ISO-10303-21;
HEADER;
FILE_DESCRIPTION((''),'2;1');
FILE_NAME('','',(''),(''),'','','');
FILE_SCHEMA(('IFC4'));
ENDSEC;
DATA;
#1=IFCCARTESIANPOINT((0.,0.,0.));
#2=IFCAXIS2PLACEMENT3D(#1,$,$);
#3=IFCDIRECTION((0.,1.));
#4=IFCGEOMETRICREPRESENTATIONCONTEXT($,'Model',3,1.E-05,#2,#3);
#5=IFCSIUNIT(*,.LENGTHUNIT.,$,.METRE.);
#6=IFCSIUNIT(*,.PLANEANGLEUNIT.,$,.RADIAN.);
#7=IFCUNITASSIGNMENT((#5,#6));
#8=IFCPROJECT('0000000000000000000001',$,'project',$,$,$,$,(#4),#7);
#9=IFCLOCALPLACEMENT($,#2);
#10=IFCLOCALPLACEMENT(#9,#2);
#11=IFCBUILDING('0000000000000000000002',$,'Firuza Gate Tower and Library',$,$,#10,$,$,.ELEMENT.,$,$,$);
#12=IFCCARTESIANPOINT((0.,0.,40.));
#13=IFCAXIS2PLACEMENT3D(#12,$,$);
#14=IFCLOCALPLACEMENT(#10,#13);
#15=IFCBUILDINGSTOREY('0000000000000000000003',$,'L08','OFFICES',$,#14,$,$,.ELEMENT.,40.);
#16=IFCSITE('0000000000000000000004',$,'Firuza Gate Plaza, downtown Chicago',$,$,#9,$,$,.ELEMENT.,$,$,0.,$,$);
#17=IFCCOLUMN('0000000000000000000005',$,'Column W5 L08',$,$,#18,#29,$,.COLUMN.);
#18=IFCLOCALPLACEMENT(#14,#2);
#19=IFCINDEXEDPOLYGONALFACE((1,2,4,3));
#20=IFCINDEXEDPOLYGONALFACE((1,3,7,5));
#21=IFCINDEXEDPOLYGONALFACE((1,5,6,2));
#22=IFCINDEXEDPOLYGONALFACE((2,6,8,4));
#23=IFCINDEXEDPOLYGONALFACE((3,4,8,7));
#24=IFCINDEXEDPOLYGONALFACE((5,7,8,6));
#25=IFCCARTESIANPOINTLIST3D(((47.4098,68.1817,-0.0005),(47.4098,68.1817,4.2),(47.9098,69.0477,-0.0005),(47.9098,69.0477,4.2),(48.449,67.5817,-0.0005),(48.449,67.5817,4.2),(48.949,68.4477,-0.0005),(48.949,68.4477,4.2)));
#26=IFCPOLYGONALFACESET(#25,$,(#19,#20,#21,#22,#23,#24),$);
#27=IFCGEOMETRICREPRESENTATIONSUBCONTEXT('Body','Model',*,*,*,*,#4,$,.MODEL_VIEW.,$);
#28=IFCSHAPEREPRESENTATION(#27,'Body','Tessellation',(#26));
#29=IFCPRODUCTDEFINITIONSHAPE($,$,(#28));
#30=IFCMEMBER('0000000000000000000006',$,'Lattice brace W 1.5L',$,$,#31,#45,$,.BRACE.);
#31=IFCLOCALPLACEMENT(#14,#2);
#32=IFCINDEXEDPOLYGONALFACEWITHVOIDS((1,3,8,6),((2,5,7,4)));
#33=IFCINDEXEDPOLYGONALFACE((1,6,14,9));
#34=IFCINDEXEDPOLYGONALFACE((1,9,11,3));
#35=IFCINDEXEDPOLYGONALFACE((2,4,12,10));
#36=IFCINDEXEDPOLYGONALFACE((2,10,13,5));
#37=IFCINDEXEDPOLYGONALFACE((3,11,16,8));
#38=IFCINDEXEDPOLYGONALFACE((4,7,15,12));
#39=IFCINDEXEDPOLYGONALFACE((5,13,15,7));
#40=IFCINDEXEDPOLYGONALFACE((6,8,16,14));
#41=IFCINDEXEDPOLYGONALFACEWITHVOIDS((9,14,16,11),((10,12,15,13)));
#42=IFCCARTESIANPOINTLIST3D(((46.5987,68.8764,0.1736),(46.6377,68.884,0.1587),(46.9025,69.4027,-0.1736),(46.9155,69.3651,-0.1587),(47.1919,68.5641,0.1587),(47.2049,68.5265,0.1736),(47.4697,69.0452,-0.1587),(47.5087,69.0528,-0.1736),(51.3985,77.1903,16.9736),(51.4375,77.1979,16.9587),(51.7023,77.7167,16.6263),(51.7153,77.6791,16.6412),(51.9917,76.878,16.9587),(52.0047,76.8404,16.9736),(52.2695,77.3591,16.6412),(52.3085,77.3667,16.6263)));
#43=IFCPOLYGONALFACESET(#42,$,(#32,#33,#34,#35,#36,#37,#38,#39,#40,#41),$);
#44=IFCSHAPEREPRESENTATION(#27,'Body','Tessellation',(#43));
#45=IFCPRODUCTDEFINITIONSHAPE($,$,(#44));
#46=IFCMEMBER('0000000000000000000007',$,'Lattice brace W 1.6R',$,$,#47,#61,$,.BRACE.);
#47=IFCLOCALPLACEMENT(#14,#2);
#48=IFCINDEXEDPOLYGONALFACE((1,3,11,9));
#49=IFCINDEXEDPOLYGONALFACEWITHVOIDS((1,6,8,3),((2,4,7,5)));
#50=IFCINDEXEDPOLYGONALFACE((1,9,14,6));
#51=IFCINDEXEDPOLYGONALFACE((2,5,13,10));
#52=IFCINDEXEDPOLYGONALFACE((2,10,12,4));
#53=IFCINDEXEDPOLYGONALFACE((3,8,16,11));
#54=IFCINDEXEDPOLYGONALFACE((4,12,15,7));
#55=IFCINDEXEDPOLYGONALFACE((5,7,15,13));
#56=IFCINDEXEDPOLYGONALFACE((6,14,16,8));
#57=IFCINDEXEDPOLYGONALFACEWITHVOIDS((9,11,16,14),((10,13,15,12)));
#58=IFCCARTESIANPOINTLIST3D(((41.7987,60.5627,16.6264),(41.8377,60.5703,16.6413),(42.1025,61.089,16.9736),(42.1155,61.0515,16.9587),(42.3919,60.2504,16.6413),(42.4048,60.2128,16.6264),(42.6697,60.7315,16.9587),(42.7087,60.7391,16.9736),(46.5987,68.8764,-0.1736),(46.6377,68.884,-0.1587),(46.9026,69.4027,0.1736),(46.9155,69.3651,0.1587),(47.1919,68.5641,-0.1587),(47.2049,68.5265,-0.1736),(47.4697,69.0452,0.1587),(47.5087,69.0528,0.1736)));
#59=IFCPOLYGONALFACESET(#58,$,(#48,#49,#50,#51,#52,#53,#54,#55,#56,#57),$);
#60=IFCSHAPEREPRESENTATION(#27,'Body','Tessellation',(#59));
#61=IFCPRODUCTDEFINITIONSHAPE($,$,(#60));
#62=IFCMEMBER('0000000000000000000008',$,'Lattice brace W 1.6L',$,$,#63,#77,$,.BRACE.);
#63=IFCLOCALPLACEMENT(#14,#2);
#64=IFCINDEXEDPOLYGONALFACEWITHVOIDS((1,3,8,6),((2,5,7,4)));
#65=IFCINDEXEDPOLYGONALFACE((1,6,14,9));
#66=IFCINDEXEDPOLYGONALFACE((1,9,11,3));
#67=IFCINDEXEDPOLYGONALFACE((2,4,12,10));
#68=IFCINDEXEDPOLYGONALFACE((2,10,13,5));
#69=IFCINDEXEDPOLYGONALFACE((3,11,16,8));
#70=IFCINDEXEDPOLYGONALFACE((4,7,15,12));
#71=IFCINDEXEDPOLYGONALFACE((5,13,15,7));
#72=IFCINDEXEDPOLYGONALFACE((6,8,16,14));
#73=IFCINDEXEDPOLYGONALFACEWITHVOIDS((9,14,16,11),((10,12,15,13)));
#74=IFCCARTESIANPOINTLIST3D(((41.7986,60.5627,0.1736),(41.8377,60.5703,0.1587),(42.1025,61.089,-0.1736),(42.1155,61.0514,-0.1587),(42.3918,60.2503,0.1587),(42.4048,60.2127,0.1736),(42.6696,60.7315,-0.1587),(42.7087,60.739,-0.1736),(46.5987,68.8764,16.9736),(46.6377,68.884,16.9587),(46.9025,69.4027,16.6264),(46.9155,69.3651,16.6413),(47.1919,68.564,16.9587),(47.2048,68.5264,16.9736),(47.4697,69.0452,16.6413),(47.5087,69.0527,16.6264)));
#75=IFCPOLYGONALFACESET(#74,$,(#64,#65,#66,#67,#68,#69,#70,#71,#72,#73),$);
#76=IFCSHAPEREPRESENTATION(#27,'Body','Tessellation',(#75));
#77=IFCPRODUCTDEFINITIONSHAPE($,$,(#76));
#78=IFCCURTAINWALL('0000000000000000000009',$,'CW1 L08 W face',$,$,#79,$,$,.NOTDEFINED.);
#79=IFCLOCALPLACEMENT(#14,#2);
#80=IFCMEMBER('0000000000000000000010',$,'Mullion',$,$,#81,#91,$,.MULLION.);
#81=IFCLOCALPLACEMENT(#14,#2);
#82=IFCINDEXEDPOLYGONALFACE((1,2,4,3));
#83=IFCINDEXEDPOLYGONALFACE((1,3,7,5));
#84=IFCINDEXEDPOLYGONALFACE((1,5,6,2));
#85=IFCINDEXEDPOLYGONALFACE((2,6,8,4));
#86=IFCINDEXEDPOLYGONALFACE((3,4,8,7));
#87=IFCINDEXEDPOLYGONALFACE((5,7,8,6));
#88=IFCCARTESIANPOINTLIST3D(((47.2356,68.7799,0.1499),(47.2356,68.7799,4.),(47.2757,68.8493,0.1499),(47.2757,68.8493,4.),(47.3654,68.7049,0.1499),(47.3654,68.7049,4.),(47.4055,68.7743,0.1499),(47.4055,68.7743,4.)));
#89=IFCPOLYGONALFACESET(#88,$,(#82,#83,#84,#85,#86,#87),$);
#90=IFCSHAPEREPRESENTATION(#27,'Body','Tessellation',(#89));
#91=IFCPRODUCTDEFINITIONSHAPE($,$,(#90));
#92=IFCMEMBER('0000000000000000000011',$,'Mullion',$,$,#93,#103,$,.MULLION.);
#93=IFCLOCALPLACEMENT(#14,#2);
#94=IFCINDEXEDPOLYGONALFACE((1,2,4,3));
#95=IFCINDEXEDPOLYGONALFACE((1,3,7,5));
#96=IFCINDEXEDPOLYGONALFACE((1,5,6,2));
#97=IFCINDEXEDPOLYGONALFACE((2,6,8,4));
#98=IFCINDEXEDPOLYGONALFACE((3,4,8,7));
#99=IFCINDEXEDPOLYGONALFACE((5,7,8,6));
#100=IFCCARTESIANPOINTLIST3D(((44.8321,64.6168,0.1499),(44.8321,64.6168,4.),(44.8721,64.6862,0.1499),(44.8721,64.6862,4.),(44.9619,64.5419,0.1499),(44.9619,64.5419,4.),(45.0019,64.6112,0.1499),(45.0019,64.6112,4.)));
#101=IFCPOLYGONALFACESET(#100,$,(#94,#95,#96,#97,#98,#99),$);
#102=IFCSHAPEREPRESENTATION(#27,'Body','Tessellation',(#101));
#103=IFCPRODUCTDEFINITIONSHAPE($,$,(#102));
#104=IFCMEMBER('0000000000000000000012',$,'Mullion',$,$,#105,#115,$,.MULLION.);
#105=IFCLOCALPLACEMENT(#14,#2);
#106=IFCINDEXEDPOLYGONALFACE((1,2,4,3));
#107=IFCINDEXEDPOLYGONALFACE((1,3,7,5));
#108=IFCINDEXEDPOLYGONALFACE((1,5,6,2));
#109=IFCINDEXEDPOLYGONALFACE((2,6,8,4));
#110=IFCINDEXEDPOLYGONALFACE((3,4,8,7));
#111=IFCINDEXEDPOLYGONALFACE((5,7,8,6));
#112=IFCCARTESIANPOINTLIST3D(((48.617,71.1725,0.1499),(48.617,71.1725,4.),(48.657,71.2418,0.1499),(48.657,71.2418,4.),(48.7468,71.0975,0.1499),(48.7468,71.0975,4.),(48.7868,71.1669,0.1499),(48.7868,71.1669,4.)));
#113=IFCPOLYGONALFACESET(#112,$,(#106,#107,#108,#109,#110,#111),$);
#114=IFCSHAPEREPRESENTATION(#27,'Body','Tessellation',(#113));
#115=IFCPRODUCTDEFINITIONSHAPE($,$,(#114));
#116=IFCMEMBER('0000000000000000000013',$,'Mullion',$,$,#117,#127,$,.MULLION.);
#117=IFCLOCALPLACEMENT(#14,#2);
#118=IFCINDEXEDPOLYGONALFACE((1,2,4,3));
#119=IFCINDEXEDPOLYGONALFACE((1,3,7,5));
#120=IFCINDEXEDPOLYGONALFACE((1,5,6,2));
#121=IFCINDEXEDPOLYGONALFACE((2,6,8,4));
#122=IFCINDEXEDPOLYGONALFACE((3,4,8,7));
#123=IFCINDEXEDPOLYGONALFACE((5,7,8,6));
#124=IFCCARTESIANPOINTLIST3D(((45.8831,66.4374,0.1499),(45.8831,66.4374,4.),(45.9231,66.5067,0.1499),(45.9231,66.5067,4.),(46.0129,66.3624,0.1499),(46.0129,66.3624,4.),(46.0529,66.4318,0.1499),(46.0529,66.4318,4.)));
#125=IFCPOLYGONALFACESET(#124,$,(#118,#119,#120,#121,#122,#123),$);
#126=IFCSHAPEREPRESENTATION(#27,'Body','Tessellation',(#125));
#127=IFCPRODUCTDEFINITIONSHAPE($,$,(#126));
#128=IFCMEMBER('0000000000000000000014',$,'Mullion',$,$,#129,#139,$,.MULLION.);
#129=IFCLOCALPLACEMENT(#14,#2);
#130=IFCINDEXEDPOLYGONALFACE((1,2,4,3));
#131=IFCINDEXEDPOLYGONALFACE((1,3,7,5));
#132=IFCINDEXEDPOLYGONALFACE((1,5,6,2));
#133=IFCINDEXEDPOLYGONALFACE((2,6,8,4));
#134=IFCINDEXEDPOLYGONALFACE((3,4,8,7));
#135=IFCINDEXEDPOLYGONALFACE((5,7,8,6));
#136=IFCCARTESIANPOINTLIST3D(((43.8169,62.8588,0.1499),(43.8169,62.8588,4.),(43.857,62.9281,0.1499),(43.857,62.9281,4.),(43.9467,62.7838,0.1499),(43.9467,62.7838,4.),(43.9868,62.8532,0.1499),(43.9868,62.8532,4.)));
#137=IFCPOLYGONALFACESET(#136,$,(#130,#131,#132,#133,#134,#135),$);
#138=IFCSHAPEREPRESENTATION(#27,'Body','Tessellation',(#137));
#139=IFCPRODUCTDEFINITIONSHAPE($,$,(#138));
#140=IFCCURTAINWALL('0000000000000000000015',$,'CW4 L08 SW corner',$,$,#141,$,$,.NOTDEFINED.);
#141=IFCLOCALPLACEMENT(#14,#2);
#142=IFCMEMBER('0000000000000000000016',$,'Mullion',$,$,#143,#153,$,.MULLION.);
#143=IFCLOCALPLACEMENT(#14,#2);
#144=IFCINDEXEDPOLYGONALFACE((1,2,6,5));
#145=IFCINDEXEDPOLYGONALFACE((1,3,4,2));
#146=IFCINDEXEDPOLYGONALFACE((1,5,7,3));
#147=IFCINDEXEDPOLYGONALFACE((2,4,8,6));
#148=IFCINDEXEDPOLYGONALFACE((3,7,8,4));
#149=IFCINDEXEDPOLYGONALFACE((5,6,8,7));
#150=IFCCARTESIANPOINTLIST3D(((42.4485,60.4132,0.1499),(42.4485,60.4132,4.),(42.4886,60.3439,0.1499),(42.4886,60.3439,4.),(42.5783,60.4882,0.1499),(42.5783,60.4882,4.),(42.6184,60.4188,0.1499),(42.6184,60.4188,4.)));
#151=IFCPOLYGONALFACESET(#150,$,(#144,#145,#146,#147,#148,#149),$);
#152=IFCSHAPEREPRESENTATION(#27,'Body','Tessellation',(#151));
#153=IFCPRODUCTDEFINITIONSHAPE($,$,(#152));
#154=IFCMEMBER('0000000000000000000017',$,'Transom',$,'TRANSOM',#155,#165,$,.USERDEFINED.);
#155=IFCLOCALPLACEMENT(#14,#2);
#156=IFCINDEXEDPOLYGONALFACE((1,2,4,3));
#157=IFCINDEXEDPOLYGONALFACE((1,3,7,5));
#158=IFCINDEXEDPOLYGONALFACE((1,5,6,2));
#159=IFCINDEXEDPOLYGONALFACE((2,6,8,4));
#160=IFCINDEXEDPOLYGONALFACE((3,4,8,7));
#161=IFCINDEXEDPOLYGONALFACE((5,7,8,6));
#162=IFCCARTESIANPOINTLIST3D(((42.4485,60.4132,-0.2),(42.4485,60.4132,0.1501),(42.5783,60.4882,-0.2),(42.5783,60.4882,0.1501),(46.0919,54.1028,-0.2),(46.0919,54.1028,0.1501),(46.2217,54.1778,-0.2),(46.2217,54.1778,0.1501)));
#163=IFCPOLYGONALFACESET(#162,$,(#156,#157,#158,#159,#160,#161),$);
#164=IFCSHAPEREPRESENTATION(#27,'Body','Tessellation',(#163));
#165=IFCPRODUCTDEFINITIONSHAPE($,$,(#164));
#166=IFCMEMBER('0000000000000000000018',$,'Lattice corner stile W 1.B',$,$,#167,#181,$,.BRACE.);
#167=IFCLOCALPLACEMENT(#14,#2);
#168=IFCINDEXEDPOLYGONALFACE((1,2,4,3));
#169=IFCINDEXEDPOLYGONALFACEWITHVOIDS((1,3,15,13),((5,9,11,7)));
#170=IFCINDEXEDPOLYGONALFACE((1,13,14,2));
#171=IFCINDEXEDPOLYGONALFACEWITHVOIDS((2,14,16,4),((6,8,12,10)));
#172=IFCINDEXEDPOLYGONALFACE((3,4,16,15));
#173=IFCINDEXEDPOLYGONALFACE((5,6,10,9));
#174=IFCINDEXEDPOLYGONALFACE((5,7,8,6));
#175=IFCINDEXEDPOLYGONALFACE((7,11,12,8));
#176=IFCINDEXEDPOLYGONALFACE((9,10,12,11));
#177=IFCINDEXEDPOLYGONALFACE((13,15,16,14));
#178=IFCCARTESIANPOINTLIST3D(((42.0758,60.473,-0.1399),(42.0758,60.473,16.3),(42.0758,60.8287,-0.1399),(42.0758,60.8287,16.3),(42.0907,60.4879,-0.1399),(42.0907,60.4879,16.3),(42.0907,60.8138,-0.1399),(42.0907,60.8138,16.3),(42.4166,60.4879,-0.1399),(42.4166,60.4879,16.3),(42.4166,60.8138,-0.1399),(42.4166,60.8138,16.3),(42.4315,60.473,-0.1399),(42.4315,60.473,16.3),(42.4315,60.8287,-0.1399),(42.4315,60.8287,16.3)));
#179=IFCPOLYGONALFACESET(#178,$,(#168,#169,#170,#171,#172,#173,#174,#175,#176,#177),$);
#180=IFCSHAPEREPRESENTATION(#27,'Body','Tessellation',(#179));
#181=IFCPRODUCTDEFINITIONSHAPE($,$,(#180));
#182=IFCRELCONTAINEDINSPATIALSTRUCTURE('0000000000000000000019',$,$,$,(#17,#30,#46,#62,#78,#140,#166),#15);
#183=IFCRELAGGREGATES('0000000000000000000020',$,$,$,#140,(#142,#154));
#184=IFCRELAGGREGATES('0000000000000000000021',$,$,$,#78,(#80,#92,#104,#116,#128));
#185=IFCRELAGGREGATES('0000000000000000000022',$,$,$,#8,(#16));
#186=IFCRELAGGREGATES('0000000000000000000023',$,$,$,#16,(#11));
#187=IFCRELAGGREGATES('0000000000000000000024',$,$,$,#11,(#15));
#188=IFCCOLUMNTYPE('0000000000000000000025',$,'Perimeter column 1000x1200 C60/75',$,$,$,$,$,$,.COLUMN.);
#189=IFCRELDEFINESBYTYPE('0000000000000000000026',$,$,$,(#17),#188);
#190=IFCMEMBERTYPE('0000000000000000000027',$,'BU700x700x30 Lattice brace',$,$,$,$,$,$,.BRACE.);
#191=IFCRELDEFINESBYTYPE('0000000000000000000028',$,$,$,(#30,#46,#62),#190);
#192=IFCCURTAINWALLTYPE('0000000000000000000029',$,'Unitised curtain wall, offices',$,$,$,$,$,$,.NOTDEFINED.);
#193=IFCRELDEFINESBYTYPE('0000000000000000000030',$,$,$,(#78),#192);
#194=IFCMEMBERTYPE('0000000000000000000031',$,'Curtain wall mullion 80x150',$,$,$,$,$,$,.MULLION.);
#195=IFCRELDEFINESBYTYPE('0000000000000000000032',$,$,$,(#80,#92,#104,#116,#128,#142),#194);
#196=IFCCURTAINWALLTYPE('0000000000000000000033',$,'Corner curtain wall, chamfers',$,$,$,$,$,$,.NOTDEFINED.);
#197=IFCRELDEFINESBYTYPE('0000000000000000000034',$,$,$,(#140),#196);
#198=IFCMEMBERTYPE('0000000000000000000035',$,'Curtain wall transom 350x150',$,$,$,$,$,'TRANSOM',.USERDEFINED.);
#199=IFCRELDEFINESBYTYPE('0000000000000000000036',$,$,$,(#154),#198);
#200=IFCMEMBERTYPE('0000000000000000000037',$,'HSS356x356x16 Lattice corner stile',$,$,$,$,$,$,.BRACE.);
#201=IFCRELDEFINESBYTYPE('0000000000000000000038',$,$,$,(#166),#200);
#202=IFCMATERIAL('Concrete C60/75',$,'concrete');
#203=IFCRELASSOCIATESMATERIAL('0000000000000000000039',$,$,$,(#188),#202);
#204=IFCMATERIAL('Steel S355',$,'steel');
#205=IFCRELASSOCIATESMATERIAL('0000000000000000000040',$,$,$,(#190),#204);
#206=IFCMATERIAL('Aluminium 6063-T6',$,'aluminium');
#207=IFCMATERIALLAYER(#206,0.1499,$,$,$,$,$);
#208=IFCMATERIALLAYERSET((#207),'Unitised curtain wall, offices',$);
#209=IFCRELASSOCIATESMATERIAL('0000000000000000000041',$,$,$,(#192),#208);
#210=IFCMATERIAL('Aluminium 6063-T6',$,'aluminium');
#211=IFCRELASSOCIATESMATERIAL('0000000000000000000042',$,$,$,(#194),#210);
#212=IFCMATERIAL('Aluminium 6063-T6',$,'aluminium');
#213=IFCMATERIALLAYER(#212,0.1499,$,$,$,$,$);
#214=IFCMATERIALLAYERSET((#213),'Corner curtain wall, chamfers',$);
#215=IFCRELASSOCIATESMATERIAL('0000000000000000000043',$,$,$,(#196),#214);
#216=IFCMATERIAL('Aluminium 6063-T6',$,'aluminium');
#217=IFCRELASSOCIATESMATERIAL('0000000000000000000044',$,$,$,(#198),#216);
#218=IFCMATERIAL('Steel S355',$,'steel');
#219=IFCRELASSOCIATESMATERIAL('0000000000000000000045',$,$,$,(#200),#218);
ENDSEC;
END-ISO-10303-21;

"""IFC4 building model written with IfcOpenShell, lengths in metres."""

from ifc_helpers import new_model, si_unit, direction, frame, origin, origin_2d, place, context, subcontext, project, spatial, rectangle, hollow_rectangle, extrude, material, layer, layer_set, material_profile, profile_set, type_object, element, aggregate, save


model = new_model("IFC4")

# Units and contexts
model_context = context("Model", 3, precision=1e-05, world=origin(), true_north=direction((0.0, 1.0)))
body_context = subcontext(model_context, "Body", "Model", "MODEL_VIEW")
ifc_project = project(units=[si_unit("LENGTHUNIT", "METRE"), si_unit("PLANEANGLEUNIT", "RADIAN")], contexts=[model_context])

# Site, building, storey
site_placement = place(None, origin())
site = spatial("IfcSite", under=ifc_project, at=site_placement, Name="Firuza Gate Plaza, downtown Chicago", CompositionType="ELEMENT", RefElevation=0.0)
building_placement = place(site_placement, origin())
building = spatial("IfcBuilding", under=site, at=building_placement, Name="Firuza Gate Tower and Library", CompositionType="ELEMENT")
storey_placement = place(building_placement, frame((0.0, 0.0, 40.0)))
storey = spatial("IfcBuildingStorey", under=building, at=storey_placement, Name="L08", Description="OFFICES", CompositionType="ELEMENT", Elevation=40.0)

# Column
ifc_material_1 = material(Name="Concrete C60/75", Category="concrete")
ifc_material_profile_1 = material_profile(ifc_material_1, rectangle(XDim=1.0, YDim=1.2, at=origin_2d()))
ifc_profile_set_1 = profile_set([ifc_material_profile_1], Name="Concrete C60/75")
column_type = type_object("IfcColumnType", Name="Perimeter column 1000x1200 C60/75", PredefinedType="COLUMN", material=ifc_profile_set_1)
column_placement = place(storey_placement, frame((48.1794, 68.3147, -0.0005), z_axis=(0.0, 0.0, 1.0), x_axis=(-0.5, -0.866025, 0.0)))
element("IfcColumn", 1, at=column_placement, inside=storey, type_object=column_type, Name="Column W5 L08", PredefinedType="COLUMN", context=body_context, shape_type="SweptSolid", body=[
    extrude(rectangle(XDim=1.0, YDim=1.2, at=origin_2d()), origin(), (0.0, 0.0, 1.0), 4.2004),
])

# Members
ifc_material_2 = material(Name="Steel S355", Category="steel")
ifc_material_profile_2 = material_profile(ifc_material_2, hollow_rectangle(XDim=0.7, YDim=0.7, WallThickness=0.03, at=origin_2d()))
ifc_profile_set_2 = profile_set([ifc_material_profile_2], Name="Steel S355")
member_type_1 = type_object("IfcMemberType", Name="BU700x700x30 Lattice brace", PredefinedType="BRACE", material=ifc_profile_set_2)
for number, where, z_axis, x_axis, name in (
    (2, (47.0537, 68.9646, 0.0), (0.248059, 0.429674, 0.868244), (-0.866037, 0.499979, 0.0), "Lattice brace W 1.5L"),
    (3, (47.0537, 68.9646, 0.0), (-0.248072, -0.429663, 0.868246), (0.86602, -0.500009, 0.0), "Lattice brace W 1.6R"),
    (4, (42.2537, 60.6509, 0.0), (0.248072, 0.429663, 0.868246), (-0.86602, 0.500009, 0.0), "Lattice brace W 1.6L"),
):
    element("IfcMember", number, at=place(storey_placement, frame(where, z_axis=z_axis, x_axis=x_axis)), inside=storey, type_object=member_type_1, Name=name, PredefinedType="BRACE", context=body_context, shape_type="SweptSolid", body=[
        extrude(hollow_rectangle(XDim=0.7, YDim=0.7, WallThickness=0.03, at=origin_2d()), origin(), (0.0, 0.0, 1.0), 19.3494),
    ])

# Curtain walls, members
ifc_material_3 = material(Name="Aluminium 6063-T6", Category="aluminium")
ifc_layer_1 = layer(ifc_material_3, 0.1499)
ifc_layer_set_1 = layer_set([ifc_layer_1], Name="Unitised curtain wall, offices")
curtain_wall_type_1 = type_object("IfcCurtainWallType", Name="Unitised curtain wall, offices", PredefinedType="NOTDEFINED", material=ifc_layer_set_1)
placement = place(storey_placement, origin())
curtain_wall_1 = element("IfcCurtainWall", 5, at=placement, inside=storey, type_object=curtain_wall_type_1, Name="CW1 L08 W face", PredefinedType="NOTDEFINED")
ifc_material_4 = material(Name="Aluminium 6063-T6", Category="aluminium")
ifc_material_profile_3 = material_profile(ifc_material_4, rectangle(XDim=0.1499, YDim=0.0801, at=origin_2d()))
ifc_profile_set_3 = profile_set([ifc_material_profile_3], Name="Aluminium 6063-T6")
member_type_2 = type_object("IfcMemberType", Name="Curtain wall mullion 80x150", PredefinedType="MULLION", material=ifc_profile_set_3)
member_1_placement = place(storey_placement, frame((47.3206, 68.7771, 0.1499), z_axis=(0.0, 0.0, 1.0), x_axis=(0.866025, -0.5, 0.0)))
member_1 = element("IfcMember", 6, at=member_1_placement, type_object=member_type_2, Name="Mullion", PredefinedType="MULLION", context=body_context, shape_type="SweptSolid", body=[
    extrude(rectangle(XDim=0.1499, YDim=0.0801, at=origin_2d()), origin(), (0.0, 0.0, 1.0), 3.8501),
])
member_2_placement = place(storey_placement, frame((44.917, 64.614, 0.1499), z_axis=(0.0, 0.0, 1.0), x_axis=(0.866025, -0.5, 0.0)))
member_2 = element("IfcMember", 7, at=member_2_placement, type_object=member_type_2, Name="Mullion", PredefinedType="MULLION", context=body_context, shape_type="SweptSolid", body=[
    extrude(rectangle(XDim=0.1499, YDim=0.0801, at=origin_2d()), origin(), (0.0, 0.0, 1.0), 3.8501),
])
member_3_placement = place(storey_placement, frame((48.7019, 71.1697, 0.1499), z_axis=(0.0, 0.0, 1.0), x_axis=(0.866025, -0.5, 0.0)))
member_3 = element("IfcMember", 8, at=member_3_placement, type_object=member_type_2, Name="Mullion", PredefinedType="MULLION", context=body_context, shape_type="SweptSolid", body=[
    extrude(rectangle(XDim=0.1499, YDim=0.0801, at=origin_2d()), origin(), (0.0, 0.0, 1.0), 3.8501),
])
member_4_placement = place(storey_placement, frame((45.968, 66.4346, 0.1499), z_axis=(0.0, 0.0, 1.0), x_axis=(0.866025, -0.5, 0.0)))
member_4 = element("IfcMember", 9, at=member_4_placement, type_object=member_type_2, Name="Mullion", PredefinedType="MULLION", context=body_context, shape_type="SweptSolid", body=[
    extrude(rectangle(XDim=0.1499, YDim=0.0801, at=origin_2d()), origin(), (0.0, 0.0, 1.0), 3.8501),
])
member_5_placement = place(storey_placement, frame((43.9019, 62.856, 0.1499), z_axis=(0.0, 0.0, 1.0), x_axis=(0.866025, -0.5, 0.0)))
member_5 = element("IfcMember", 10, at=member_5_placement, type_object=member_type_2, Name="Mullion", PredefinedType="MULLION", context=body_context, shape_type="SweptSolid", body=[
    extrude(rectangle(XDim=0.1499, YDim=0.0801, at=origin_2d()), origin(), (0.0, 0.0, 1.0), 3.8501),
])
ifc_material_5 = material(Name="Aluminium 6063-T6", Category="aluminium")
ifc_layer_2 = layer(ifc_material_5, 0.1499)
ifc_layer_set_2 = layer_set([ifc_layer_2], Name="Corner curtain wall, chamfers")
curtain_wall_type_2 = type_object("IfcCurtainWallType", Name="Corner curtain wall, chamfers", PredefinedType="NOTDEFINED", material=ifc_layer_set_2)
curtain_wall_2 = element("IfcCurtainWall", 11, at=placement, inside=storey, type_object=curtain_wall_type_2, Name="CW4 L08 SW corner", PredefinedType="NOTDEFINED")
member_6_placement = place(storey_placement, frame((42.5334, 60.416, 0.1499), z_axis=(0.0, 0.0, 1.0), x_axis=(0.866025, 0.5, 0.0)))
member_6 = element("IfcMember", 12, at=member_6_placement, type_object=member_type_2, Name="Mullion", PredefinedType="MULLION", context=body_context, shape_type="SweptSolid", body=[
    extrude(rectangle(XDim=0.1499, YDim=0.0801, at=origin_2d()), origin(), (0.0, 0.0, 1.0), 3.8501),
])
ifc_material_6 = material(Name="Aluminium 6063-T6", Category="aluminium")
ifc_material_profile_4 = material_profile(ifc_material_6, rectangle(XDim=0.1499, YDim=0.3501, at=origin_2d()))
ifc_profile_set_4 = profile_set([ifc_material_profile_4], Name="Aluminium 6063-T6")
member_type_3 = type_object("IfcMemberType", Name="Curtain wall transom 350x150", ElementType="TRANSOM", PredefinedType="USERDEFINED", material=ifc_profile_set_4)
member_7_placement = place(storey_placement, frame((42.5134, 60.4507, -0.0249), z_axis=(0.500006, -0.866022, 0.0), x_axis=(0.866022, 0.500006, 0.0)))
member_7 = element("IfcMember", 13, at=member_7_placement, type_object=member_type_3, Name="Transom", ObjectType="TRANSOM", PredefinedType="USERDEFINED", context=body_context, shape_type="SweptSolid", body=[
    extrude(rectangle(XDim=0.1499, YDim=0.3501, at=origin_2d()), origin(), (0.0, 0.0, 1.0), 7.2866),
])

# Member
ifc_material_7 = material(Name="Steel S355", Category="steel")
ifc_material_profile_5 = material_profile(ifc_material_7, hollow_rectangle(XDim=0.3557, YDim=0.3557, WallThickness=0.0149, at=origin_2d()))
ifc_profile_set_5 = profile_set([ifc_material_profile_5], Name="Steel S355")
member_type_4 = type_object("IfcMemberType", Name="HSS356x356x16 Lattice corner stile", PredefinedType="BRACE", material=ifc_profile_set_5)
member_8_placement = place(storey_placement, frame((42.2537, 60.6509, -0.1399), z_axis=(0.0, 0.0, 1.0), x_axis=(1.0, 0.0, 0.0)))
element("IfcMember", 14, at=member_8_placement, inside=storey, type_object=member_type_4, Name="Lattice corner stile W 1.B", PredefinedType="BRACE", context=body_context, shape_type="SweptSolid", body=[
    extrude(hollow_rectangle(XDim=0.3557, YDim=0.3557, WallThickness=0.0149, at=origin_2d()), origin(), (0.0, 0.0, 1.0), 16.4399),
])

aggregate(curtain_wall_2, [member_6, member_7])
aggregate(curtain_wall_1, [member_1, member_2, member_3, member_4, member_5])

save(model, "model.ifc")
